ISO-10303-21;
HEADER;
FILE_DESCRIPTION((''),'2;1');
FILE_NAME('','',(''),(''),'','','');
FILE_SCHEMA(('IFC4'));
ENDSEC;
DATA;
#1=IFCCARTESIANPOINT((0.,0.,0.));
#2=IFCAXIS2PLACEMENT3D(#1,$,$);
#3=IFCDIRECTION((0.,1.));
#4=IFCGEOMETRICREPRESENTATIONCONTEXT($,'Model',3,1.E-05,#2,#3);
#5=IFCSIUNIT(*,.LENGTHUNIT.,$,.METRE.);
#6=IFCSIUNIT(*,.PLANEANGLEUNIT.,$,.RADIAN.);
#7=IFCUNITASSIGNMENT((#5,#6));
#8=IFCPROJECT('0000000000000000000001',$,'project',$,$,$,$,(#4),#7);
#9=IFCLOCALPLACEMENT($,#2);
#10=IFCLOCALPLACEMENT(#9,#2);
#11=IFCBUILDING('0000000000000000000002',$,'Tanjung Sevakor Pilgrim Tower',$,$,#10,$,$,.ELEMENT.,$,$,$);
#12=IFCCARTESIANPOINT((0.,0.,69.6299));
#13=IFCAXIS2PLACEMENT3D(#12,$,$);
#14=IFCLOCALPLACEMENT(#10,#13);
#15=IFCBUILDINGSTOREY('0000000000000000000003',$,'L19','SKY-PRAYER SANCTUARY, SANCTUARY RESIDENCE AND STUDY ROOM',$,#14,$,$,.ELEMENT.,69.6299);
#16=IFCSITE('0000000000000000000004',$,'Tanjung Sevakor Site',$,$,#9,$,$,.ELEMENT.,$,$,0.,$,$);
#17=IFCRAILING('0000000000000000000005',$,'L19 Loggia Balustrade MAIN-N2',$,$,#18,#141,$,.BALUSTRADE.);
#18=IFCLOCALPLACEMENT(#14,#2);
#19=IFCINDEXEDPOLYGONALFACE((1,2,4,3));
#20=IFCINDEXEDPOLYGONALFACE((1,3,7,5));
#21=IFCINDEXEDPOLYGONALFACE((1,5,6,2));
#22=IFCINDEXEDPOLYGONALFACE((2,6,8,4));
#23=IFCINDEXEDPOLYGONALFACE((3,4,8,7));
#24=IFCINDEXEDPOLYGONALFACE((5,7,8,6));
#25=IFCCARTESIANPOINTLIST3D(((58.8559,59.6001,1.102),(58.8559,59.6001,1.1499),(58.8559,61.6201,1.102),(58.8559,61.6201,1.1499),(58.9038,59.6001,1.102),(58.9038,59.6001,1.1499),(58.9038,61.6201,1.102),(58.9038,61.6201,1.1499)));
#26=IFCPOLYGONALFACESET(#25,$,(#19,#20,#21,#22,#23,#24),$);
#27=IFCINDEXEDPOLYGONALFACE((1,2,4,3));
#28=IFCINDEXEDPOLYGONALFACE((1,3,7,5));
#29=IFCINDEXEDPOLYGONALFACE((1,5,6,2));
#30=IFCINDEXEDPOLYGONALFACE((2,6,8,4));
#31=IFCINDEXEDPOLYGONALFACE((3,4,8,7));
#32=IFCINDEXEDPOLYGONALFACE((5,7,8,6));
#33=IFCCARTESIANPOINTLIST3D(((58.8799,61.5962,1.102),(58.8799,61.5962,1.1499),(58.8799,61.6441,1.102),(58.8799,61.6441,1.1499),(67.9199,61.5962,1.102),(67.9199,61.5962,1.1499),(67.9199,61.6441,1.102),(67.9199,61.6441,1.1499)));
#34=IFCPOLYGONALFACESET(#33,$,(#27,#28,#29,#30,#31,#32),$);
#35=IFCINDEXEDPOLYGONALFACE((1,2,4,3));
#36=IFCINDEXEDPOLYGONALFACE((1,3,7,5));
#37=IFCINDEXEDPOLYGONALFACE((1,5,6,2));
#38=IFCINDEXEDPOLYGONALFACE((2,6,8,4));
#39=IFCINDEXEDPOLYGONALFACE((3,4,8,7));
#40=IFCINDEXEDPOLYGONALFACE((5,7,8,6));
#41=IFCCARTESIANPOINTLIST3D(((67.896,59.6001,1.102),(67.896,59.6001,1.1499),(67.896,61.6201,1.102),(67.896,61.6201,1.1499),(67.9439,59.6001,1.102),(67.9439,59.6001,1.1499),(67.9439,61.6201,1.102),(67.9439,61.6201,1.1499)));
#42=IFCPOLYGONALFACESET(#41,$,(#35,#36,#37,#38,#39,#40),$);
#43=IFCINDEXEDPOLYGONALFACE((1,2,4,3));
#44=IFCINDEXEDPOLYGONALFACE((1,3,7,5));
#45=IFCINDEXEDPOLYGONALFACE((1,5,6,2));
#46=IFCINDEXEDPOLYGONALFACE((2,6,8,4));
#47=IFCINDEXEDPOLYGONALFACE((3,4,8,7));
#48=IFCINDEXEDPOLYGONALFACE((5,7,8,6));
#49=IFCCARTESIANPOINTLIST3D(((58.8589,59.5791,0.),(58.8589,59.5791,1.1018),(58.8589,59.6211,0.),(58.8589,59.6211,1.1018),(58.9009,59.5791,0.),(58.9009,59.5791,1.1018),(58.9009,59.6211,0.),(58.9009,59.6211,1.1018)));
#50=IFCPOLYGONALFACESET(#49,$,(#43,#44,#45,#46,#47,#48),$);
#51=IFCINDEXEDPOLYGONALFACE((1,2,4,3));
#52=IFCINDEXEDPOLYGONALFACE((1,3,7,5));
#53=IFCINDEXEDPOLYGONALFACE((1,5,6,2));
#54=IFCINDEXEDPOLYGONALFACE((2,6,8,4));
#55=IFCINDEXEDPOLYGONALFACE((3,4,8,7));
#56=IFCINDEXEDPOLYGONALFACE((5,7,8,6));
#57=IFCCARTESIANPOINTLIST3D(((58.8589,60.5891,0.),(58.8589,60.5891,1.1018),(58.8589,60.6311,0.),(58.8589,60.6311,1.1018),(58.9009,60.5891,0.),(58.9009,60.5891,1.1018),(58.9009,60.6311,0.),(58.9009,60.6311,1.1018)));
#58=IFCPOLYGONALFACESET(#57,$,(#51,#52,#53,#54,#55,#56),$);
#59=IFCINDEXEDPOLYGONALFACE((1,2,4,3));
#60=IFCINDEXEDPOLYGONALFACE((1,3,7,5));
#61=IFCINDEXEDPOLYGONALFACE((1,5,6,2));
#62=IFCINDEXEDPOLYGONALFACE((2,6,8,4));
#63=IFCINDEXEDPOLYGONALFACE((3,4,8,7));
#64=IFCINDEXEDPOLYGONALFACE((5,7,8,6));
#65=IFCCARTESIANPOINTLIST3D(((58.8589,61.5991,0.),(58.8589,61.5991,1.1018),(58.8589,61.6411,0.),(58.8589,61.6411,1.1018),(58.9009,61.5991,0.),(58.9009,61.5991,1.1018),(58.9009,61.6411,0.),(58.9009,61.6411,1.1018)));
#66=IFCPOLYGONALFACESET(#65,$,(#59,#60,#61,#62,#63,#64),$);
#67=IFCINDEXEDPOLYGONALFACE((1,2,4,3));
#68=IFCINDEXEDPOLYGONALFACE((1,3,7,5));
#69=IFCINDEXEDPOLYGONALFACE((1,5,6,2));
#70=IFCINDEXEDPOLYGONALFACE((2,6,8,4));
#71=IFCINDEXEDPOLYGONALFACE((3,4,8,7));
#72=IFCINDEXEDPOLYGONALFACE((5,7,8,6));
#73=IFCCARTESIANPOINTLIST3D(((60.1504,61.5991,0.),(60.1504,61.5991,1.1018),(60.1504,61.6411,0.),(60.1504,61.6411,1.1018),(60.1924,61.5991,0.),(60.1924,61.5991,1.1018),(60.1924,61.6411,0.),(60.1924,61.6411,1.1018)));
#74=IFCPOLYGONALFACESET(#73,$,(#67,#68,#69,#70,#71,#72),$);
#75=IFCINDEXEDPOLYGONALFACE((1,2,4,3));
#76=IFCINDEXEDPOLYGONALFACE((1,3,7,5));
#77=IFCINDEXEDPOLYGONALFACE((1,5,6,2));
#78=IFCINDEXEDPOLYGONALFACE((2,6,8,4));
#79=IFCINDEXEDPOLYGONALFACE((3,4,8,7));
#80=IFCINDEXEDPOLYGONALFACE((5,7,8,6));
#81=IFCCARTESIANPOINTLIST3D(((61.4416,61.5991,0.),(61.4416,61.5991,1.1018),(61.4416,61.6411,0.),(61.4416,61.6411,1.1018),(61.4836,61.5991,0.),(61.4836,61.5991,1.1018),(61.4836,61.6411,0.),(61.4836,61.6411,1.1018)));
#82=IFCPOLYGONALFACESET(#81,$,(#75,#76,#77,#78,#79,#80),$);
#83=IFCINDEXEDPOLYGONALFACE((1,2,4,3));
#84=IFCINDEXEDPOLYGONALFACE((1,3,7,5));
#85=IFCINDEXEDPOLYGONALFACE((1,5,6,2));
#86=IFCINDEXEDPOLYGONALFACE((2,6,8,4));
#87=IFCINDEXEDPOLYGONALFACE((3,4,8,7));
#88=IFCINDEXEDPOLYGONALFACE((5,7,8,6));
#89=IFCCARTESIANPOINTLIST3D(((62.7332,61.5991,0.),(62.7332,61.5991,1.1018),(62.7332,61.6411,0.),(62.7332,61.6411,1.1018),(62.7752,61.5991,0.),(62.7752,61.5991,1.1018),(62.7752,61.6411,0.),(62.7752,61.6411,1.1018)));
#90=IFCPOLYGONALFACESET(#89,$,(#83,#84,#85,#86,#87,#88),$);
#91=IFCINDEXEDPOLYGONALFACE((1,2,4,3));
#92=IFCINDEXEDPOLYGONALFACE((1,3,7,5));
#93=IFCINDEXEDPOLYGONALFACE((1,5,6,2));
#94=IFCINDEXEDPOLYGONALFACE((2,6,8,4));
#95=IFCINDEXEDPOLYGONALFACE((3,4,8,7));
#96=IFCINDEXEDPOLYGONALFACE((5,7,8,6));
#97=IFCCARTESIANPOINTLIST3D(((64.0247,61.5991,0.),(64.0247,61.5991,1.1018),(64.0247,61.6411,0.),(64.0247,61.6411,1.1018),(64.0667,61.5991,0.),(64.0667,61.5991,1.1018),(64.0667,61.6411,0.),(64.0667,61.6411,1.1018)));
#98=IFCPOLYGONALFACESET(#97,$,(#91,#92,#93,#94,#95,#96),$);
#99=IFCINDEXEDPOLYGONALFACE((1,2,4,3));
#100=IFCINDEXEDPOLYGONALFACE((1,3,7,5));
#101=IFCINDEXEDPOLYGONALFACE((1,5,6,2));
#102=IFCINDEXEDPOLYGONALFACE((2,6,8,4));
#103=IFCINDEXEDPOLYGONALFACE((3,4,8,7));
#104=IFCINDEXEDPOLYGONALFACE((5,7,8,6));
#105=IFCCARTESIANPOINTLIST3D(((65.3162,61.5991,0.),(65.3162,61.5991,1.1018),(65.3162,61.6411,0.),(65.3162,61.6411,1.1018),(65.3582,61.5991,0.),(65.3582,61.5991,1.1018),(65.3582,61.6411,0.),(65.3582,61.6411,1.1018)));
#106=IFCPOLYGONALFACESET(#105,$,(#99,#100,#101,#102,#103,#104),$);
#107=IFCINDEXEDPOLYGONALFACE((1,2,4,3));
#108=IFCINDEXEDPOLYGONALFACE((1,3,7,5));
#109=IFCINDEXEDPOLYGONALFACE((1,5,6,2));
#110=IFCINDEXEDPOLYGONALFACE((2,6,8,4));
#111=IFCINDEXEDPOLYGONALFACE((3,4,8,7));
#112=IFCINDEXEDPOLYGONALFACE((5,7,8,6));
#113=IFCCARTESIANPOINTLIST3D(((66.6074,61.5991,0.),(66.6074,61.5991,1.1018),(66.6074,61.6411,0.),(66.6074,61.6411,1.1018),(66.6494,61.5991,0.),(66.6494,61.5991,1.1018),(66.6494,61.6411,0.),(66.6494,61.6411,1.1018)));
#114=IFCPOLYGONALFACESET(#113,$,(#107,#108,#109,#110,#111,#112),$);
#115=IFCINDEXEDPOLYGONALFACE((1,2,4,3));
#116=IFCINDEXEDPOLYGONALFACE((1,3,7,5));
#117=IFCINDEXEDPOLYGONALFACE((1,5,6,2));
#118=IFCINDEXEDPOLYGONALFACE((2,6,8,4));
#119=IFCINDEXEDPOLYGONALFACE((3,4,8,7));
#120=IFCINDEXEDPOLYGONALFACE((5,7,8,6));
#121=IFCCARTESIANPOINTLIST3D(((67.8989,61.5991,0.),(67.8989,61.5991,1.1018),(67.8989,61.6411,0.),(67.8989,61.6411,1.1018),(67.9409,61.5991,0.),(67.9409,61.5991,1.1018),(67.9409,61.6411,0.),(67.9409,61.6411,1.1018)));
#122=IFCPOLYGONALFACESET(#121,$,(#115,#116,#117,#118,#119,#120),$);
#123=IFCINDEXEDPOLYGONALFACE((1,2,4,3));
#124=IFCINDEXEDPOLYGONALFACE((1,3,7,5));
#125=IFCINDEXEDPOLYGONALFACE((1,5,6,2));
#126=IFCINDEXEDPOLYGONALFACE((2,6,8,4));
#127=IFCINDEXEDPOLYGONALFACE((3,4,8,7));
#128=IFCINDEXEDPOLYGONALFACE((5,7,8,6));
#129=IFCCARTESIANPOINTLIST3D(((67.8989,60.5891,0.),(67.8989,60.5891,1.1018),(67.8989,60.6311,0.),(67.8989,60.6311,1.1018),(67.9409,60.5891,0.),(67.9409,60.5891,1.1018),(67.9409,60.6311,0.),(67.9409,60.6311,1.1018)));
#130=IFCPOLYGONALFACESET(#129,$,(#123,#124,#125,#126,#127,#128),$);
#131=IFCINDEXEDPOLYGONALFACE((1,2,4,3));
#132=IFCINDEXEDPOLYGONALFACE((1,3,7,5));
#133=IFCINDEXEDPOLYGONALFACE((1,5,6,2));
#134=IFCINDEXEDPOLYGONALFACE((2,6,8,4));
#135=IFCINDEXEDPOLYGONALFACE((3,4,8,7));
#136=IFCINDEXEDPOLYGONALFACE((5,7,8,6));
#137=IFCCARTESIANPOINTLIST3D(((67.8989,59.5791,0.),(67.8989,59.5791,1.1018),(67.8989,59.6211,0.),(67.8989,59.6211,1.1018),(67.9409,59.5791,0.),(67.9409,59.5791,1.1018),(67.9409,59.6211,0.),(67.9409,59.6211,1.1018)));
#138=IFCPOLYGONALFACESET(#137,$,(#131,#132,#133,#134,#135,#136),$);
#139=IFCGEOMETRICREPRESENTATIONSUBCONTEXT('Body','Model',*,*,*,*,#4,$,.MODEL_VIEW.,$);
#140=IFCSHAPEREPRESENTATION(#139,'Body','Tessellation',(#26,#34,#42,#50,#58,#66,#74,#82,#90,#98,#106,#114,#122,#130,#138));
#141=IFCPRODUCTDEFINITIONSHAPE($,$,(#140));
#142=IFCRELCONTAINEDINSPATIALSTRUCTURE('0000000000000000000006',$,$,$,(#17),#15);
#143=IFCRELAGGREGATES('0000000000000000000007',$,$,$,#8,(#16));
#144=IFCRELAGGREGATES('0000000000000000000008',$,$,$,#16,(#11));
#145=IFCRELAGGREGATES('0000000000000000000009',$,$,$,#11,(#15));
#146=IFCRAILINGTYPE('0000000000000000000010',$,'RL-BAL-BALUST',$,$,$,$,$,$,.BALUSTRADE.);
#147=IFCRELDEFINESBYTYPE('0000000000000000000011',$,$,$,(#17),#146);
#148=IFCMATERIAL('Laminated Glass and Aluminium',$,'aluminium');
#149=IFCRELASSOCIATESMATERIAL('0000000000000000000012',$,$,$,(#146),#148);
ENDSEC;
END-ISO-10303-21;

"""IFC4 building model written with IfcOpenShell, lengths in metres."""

from ifc_helpers import new_model, si_unit, direction, frame, origin, place, context, subcontext, project, spatial, rectangle, extrude, material, type_object, element, save


model = new_model("IFC4")

# Units and contexts
model_context = context("Model", 3, precision=1e-05, world=origin(), true_north=direction((0.0, 1.0)))
body_context = subcontext(model_context, "Body", "Model", "MODEL_VIEW")
ifc_project = project(units=[si_unit("LENGTHUNIT", "METRE"), si_unit("PLANEANGLEUNIT", "RADIAN")], contexts=[model_context])

# Site, building, storey
site_placement = place(None, origin())
site = spatial("IfcSite", under=ifc_project, at=site_placement, Name="Tanjung Sevakor Site", CompositionType="ELEMENT", RefElevation=0.0)
building_placement = place(site_placement, origin())
building = spatial("IfcBuilding", under=site, at=building_placement, Name="Tanjung Sevakor Pilgrim Tower", CompositionType="ELEMENT")
storey_placement = place(building_placement, frame((0.0, 0.0, 69.6299)))
storey = spatial("IfcBuildingStorey", under=building, at=storey_placement, Name="L19", Description="SKY-PRAYER SANCTUARY, SANCTUARY RESIDENCE AND STUDY ROOM", CompositionType="ELEMENT", Elevation=69.6299)

# Railing
ifc_material_1 = material(Name="Laminated Glass and Aluminium", Category="aluminium")
railing_type_1 = type_object("IfcRailingType", Name="RL-BAL-BALUST", PredefinedType="BALUSTRADE", material=ifc_material_1)
railing_1_placement = place(storey_placement, frame((58.8799, 59.6001, 0.0)))
element("IfcRailing", 1, at=railing_1_placement, inside=storey, type_object=railing_type_1, Name="L19 Loggia Balustrade MAIN-N2", PredefinedType="BALUSTRADE", context=body_context, shape_type="SweptSolid", body=[
    extrude(rectangle(XDim=0.0479, YDim=0.0479), frame((0.0, 0.0, 1.126), z_axis=(0.0, 1.0, 0.0), x_axis=(-1.0, 0.0, 0.0)), (0.0, 0.0, 1.0), 2.02),
    extrude(rectangle(XDim=0.0479, YDim=0.0479), frame((0.0, 2.02, 1.126), z_axis=(1.0, 0.0, 0.0), x_axis=(0.0, 1.0, 0.0)), (0.0, 0.0, 1.0), 9.04),
    extrude(rectangle(XDim=0.0479, YDim=0.0479), frame((9.04, 2.02, 1.126), z_axis=(0.0, -1.0, 0.0), x_axis=(1.0, 0.0, 0.0)), (0.0, 0.0, 1.0), 2.02),
    extrude(rectangle(XDim=0.042, YDim=0.042), origin(), (0.0, 0.0, 1.0), 1.1018),
    extrude(rectangle(XDim=0.042, YDim=0.042), frame((0.0, 1.01, 0.0)), (0.0, 0.0, 1.0), 1.1018),
    extrude(rectangle(XDim=0.042, YDim=0.042), frame((0.0, 2.02, 0.0)), (0.0, 0.0, 1.0), 1.1018),
    extrude(rectangle(XDim=0.042, YDim=0.042), frame((1.2915, 2.02, 0.0)), (0.0, 0.0, 1.0), 1.1018),
    extrude(rectangle(XDim=0.042, YDim=0.042), frame((2.5828, 2.02, 0.0)), (0.0, 0.0, 1.0), 1.1018),
    extrude(rectangle(XDim=0.042, YDim=0.042), frame((3.8743, 2.02, 0.0)), (0.0, 0.0, 1.0), 1.1018),
    extrude(rectangle(XDim=0.042, YDim=0.042), frame((5.1658, 2.02, 0.0)), (0.0, 0.0, 1.0), 1.1018),
    extrude(rectangle(XDim=0.042, YDim=0.042), frame((6.4573, 2.02, 0.0)), (0.0, 0.0, 1.0), 1.1018),
    extrude(rectangle(XDim=0.042, YDim=0.042), frame((7.7485, 2.02, 0.0)), (0.0, 0.0, 1.0), 1.1018),
    extrude(rectangle(XDim=0.042, YDim=0.042), frame((9.04, 2.02, 0.0)), (0.0, 0.0, 1.0), 1.1018),
    extrude(rectangle(XDim=0.042, YDim=0.042), frame((9.04, 1.01, 0.0)), (0.0, 0.0, 1.0), 1.1018),
    extrude(rectangle(XDim=0.042, YDim=0.042), frame((9.04, 0.0, 0.0)), (0.0, 0.0, 1.0), 1.1018),
])

save(model, "model.ifc")
